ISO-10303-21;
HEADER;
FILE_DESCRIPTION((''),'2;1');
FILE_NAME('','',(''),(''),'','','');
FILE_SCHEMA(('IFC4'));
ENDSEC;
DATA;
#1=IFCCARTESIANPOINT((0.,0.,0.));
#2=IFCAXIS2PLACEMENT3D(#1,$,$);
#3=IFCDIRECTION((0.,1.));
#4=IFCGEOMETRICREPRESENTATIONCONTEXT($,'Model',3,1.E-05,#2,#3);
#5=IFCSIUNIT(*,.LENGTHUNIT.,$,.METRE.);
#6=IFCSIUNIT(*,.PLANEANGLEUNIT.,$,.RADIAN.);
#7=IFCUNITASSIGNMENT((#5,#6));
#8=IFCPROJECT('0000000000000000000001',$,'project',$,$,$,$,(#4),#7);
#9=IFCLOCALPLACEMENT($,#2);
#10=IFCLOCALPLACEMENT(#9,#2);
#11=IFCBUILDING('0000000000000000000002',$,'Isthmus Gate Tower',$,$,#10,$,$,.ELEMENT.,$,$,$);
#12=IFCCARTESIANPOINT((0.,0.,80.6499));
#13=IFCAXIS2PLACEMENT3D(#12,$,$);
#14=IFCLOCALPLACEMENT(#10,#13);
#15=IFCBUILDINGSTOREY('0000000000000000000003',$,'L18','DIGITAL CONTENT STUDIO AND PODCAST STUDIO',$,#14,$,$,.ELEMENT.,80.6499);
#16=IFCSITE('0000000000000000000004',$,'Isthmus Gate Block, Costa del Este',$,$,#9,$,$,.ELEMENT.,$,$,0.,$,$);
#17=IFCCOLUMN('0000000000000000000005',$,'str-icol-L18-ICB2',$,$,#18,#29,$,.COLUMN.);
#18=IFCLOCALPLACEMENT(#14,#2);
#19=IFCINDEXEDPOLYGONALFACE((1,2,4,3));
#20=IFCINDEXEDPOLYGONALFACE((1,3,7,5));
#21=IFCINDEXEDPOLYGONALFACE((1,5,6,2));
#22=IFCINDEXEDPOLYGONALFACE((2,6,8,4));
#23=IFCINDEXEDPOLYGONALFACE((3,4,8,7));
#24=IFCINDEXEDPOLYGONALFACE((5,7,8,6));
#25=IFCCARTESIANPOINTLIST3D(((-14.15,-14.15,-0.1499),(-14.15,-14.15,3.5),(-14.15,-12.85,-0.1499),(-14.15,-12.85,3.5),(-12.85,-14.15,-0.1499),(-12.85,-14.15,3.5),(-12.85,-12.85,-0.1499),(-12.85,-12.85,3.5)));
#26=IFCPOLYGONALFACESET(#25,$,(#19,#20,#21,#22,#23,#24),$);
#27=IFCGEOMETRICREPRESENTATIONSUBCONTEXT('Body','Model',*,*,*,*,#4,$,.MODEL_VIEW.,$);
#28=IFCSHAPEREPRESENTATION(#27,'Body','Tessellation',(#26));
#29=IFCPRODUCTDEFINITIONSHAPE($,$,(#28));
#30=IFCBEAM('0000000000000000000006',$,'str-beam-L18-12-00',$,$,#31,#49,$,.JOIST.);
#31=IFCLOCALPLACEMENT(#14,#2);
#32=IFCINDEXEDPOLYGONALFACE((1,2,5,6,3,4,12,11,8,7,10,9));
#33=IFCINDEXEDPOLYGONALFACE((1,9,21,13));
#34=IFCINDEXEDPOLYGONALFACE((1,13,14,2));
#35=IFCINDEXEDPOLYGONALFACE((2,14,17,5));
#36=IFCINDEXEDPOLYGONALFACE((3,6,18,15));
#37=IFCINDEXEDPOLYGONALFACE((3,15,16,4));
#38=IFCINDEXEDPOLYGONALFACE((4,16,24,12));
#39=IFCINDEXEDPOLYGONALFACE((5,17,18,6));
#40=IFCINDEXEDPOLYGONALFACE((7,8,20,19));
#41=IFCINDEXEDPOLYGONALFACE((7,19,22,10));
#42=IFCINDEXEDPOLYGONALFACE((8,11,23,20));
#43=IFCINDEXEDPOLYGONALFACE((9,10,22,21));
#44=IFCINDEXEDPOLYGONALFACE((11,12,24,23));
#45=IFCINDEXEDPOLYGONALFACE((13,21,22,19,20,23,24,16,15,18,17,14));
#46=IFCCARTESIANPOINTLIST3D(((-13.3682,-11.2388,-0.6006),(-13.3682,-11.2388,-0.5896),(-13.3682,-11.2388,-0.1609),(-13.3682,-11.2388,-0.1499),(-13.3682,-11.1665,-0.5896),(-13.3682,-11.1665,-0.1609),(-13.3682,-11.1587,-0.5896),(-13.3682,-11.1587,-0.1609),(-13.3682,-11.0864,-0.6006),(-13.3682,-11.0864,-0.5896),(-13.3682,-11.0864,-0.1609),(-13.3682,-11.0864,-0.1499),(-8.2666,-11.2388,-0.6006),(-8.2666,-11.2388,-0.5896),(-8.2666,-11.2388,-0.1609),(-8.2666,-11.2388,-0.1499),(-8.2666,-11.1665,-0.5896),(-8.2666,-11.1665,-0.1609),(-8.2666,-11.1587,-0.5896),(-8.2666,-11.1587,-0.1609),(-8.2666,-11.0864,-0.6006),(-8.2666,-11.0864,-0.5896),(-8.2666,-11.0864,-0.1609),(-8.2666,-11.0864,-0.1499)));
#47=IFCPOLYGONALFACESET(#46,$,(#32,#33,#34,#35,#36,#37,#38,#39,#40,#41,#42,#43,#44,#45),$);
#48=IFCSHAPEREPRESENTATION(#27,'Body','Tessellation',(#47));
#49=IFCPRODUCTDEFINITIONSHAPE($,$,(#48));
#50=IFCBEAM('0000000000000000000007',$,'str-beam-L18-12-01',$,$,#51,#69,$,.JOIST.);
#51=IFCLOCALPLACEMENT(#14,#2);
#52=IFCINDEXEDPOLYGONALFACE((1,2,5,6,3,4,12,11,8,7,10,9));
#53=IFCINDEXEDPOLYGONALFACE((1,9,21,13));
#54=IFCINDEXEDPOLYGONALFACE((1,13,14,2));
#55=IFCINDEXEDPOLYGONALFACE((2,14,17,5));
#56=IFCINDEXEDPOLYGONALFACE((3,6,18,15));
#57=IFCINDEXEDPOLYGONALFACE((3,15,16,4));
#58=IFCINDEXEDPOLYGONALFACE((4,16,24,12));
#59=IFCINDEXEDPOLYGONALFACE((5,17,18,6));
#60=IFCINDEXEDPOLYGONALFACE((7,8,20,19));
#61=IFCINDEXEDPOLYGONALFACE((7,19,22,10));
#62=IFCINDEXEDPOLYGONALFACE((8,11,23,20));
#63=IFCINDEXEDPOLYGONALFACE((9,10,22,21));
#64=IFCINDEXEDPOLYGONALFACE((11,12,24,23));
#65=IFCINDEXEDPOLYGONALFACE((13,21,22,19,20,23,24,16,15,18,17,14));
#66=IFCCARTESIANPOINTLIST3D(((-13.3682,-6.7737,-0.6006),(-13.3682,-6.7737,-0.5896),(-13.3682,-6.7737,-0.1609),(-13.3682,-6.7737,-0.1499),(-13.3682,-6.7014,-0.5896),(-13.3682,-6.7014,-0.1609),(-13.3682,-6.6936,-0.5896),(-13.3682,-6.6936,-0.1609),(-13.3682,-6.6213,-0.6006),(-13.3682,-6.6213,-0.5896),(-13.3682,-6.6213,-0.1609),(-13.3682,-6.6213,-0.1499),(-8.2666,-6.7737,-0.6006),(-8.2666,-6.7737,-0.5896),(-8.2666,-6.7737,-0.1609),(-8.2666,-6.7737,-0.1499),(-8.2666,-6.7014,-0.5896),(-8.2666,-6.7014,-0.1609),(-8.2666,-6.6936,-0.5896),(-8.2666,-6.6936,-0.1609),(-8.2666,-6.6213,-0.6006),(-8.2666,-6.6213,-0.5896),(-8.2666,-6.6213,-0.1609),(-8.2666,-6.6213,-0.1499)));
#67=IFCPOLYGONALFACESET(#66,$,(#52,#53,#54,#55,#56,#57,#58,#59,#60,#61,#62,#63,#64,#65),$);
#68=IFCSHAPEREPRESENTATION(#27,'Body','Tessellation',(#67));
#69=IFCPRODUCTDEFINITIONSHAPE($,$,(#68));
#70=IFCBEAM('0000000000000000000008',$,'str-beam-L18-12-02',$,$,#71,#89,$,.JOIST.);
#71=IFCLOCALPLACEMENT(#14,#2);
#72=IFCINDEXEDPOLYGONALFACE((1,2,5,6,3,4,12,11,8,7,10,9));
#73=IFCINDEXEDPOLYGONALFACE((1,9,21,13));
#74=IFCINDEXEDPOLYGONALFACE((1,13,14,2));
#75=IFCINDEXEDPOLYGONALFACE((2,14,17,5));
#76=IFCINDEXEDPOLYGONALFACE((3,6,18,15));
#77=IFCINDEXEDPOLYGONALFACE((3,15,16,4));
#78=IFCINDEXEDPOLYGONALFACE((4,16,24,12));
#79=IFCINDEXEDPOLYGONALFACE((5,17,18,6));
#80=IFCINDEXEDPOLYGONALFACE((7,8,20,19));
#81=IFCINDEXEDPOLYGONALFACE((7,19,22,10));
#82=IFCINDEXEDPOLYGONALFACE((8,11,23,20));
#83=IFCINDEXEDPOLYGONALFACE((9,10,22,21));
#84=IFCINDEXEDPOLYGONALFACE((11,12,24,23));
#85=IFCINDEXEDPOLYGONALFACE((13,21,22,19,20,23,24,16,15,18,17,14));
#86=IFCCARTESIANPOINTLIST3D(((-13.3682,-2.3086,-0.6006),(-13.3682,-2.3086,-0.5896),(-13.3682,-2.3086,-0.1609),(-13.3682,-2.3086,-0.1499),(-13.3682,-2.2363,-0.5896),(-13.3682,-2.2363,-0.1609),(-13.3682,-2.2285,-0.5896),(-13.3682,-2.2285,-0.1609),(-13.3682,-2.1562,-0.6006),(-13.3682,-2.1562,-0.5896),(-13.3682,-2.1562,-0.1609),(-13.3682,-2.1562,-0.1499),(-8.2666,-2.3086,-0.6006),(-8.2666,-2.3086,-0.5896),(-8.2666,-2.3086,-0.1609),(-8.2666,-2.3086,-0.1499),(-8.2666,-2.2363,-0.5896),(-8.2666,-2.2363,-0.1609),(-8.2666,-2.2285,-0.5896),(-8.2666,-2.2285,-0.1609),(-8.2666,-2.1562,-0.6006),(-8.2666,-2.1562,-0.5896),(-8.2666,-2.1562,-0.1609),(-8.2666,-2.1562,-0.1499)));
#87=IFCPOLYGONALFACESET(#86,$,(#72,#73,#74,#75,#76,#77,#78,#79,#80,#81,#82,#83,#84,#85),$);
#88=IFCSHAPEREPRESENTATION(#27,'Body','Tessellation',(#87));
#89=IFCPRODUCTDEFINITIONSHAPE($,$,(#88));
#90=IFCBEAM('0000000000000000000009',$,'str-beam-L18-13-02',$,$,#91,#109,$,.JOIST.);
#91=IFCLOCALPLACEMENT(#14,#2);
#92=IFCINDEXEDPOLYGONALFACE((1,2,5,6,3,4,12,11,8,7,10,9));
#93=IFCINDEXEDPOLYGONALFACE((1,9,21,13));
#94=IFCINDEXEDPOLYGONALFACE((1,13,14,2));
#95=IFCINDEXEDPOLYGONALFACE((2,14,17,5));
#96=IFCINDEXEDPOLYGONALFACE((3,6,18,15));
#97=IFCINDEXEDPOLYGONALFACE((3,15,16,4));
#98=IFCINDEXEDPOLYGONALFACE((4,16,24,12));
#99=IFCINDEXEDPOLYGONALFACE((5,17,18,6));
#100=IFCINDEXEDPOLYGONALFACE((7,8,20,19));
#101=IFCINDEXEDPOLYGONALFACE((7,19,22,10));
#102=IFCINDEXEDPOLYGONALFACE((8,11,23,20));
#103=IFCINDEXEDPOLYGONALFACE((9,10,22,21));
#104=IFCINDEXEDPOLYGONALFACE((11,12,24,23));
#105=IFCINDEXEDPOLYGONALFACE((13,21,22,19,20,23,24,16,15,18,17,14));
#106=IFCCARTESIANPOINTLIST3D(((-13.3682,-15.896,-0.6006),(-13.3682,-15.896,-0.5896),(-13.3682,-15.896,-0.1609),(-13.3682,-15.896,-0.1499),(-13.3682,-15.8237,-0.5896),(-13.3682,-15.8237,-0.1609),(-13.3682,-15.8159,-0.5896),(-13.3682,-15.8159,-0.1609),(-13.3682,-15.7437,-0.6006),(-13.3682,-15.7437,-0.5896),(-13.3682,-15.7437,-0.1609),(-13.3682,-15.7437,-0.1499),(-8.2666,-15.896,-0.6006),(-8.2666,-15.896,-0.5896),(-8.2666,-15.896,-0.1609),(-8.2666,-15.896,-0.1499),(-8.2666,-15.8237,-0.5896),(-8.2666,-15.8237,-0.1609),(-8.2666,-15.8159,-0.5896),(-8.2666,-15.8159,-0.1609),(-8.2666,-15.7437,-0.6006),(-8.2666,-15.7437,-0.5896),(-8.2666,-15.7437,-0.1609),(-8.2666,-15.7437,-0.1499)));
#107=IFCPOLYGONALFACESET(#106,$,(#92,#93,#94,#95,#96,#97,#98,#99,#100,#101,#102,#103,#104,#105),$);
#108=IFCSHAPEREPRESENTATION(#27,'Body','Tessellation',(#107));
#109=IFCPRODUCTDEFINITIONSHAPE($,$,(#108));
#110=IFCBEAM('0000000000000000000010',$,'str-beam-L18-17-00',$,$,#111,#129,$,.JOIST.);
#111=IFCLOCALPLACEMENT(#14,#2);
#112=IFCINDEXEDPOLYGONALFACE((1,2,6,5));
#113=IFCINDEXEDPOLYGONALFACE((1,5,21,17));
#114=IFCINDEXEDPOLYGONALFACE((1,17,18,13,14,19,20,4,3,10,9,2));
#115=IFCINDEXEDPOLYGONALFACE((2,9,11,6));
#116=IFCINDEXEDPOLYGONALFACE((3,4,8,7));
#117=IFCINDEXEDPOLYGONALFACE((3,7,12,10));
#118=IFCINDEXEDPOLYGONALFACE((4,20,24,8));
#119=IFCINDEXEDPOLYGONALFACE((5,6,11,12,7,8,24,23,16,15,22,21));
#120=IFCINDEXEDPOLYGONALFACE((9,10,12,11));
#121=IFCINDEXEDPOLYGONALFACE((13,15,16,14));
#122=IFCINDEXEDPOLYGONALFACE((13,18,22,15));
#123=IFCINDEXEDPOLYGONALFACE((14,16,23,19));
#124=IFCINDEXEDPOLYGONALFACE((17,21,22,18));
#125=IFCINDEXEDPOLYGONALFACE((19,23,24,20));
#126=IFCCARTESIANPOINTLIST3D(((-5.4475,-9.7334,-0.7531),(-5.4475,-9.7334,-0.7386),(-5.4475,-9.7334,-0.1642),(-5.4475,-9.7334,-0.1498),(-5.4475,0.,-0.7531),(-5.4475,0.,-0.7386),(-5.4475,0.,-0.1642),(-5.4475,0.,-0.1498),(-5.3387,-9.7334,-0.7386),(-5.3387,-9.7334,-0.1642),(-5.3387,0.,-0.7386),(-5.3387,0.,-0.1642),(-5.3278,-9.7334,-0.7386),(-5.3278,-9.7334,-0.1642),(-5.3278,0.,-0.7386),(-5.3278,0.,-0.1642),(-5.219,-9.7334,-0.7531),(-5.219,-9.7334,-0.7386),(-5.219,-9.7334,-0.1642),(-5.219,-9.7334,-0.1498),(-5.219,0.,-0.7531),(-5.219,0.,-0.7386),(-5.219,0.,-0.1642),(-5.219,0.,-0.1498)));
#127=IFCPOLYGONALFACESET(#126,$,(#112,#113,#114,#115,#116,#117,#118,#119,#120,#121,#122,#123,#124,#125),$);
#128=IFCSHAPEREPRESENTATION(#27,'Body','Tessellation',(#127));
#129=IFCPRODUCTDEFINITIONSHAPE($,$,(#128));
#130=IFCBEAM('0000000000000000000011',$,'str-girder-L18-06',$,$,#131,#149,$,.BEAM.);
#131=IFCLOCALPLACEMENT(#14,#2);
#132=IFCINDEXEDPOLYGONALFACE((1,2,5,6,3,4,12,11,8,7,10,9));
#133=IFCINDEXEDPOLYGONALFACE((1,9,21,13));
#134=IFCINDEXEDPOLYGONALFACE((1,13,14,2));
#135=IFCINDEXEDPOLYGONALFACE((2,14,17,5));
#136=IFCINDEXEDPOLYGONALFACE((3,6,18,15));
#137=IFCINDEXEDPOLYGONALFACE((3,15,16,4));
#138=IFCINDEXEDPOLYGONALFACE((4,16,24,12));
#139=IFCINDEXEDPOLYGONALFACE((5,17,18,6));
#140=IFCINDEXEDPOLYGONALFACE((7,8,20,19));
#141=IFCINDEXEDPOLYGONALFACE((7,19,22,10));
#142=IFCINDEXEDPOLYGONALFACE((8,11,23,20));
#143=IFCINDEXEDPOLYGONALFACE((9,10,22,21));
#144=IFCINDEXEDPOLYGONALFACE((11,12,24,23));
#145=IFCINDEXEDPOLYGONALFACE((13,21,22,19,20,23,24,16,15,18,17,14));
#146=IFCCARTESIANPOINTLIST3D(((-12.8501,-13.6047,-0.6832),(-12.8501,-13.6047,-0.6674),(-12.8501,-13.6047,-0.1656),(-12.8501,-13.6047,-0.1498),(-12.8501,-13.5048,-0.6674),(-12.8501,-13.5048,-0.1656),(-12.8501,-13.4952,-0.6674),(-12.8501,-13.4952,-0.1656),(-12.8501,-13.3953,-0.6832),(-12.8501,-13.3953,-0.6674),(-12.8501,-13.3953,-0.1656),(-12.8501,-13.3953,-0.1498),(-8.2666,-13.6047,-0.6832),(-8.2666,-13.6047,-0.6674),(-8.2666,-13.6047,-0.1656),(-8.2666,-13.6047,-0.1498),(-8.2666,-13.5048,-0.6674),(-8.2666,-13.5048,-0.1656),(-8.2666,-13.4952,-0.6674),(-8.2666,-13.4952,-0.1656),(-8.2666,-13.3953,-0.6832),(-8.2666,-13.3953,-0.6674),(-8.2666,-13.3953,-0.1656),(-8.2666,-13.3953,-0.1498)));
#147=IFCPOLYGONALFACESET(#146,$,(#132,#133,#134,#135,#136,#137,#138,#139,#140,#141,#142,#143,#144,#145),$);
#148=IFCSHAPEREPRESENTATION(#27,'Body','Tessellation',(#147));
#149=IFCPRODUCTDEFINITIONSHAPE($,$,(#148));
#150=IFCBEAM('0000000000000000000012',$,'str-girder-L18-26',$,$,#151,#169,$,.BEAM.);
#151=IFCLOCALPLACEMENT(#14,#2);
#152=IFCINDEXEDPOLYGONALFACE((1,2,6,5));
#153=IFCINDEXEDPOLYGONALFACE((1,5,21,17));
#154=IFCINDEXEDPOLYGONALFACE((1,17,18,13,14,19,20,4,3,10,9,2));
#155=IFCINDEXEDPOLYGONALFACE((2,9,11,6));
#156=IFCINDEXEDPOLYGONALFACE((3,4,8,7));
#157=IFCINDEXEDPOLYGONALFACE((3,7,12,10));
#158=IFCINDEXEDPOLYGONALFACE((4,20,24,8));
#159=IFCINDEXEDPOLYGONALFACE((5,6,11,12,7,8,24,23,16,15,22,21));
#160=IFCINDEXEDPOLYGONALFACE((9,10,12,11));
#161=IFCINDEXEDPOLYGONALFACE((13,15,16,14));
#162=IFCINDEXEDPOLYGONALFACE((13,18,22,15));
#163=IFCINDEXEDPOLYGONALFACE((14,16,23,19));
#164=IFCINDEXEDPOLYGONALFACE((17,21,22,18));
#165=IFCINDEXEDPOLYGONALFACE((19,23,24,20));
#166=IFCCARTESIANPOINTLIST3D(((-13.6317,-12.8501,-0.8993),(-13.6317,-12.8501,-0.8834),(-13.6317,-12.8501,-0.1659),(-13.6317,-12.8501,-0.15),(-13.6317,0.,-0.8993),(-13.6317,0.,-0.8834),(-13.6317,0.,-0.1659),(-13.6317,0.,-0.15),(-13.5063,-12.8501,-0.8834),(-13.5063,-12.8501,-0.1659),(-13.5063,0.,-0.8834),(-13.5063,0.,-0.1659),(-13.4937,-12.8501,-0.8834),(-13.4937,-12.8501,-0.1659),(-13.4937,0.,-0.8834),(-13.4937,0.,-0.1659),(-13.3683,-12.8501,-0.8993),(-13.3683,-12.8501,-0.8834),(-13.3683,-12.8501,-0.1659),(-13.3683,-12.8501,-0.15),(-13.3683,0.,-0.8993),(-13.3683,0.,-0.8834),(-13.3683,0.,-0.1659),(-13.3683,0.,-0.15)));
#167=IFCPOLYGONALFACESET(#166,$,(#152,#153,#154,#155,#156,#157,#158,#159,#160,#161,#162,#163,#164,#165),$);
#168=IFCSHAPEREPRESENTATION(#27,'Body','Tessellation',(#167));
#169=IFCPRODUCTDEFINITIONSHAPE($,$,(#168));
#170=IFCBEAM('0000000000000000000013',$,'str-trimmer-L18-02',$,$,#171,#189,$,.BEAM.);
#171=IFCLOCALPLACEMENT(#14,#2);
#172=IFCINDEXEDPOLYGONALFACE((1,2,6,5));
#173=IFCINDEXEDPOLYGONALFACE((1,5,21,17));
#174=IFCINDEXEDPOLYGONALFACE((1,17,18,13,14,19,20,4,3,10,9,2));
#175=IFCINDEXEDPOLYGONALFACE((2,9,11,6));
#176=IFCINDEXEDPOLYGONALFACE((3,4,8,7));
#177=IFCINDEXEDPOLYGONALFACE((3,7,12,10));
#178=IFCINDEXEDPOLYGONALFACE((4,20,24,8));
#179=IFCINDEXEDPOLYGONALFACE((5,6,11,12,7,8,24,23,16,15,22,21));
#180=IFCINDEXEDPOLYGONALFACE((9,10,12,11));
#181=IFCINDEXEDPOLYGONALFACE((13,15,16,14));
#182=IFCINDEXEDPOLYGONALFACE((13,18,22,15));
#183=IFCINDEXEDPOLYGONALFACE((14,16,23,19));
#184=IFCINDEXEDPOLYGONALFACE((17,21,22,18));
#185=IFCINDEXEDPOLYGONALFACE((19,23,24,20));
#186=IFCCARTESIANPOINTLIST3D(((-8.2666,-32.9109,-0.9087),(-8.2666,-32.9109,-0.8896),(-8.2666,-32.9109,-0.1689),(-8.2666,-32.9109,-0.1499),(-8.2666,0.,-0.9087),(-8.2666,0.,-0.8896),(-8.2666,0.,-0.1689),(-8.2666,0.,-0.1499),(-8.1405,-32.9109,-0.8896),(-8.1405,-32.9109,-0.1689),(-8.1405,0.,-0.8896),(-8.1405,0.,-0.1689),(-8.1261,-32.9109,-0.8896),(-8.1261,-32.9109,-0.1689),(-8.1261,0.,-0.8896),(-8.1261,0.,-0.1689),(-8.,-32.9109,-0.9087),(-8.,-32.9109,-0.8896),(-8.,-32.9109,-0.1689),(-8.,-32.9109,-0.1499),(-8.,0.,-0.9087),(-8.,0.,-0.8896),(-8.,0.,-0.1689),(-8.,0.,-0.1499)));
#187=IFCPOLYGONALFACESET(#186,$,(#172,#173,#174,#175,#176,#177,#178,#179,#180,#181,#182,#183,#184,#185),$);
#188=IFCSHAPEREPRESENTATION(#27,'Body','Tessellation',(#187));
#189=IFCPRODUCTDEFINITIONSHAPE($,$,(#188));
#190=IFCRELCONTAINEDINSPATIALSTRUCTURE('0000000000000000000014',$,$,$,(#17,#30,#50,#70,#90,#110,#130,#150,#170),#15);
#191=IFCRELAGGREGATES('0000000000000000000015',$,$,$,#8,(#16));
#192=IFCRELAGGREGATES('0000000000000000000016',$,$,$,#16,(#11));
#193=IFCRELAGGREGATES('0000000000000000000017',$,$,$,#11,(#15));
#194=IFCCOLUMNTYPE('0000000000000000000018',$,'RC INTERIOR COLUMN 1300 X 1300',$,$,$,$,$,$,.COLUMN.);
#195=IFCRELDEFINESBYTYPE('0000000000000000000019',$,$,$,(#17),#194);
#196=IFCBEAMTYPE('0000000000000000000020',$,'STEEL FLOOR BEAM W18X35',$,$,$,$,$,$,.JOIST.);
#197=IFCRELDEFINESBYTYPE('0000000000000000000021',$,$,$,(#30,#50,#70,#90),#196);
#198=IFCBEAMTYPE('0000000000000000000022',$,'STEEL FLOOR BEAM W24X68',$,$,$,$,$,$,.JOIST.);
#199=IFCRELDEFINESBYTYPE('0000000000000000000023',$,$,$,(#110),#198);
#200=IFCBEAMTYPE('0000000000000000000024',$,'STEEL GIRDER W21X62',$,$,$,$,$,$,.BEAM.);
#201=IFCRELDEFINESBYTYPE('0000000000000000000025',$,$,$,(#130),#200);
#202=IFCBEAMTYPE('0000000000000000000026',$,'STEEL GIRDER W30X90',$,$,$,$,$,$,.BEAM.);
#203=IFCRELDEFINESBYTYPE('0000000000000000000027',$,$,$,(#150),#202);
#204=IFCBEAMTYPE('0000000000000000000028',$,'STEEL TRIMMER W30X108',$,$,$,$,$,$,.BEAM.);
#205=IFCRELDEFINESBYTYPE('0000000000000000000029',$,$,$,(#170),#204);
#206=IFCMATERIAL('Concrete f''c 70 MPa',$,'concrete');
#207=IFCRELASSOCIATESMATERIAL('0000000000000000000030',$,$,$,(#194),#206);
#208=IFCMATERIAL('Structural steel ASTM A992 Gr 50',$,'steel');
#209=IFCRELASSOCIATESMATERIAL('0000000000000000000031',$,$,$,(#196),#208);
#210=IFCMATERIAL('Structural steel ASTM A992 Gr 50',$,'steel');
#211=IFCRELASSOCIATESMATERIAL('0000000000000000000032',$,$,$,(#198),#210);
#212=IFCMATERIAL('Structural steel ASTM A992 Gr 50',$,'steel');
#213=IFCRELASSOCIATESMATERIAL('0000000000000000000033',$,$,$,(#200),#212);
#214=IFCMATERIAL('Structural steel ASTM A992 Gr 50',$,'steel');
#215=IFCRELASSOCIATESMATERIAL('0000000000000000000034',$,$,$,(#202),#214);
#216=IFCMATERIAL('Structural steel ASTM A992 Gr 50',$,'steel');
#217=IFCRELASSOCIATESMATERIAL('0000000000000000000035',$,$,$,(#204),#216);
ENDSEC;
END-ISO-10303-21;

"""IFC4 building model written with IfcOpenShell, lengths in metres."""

from ifc_helpers import new_model, si_unit, direction, frame, origin, origin_2d, place, context, subcontext, project, spatial, rectangle, i_section, extrude, material, material_profile, profile_set, type_object, element, save


model = new_model("IFC4")

# Units and contexts
model_context = context("Model", 3, precision=1e-05, world=origin(), true_north=direction((0.0, 1.0)))
body_context = subcontext(model_context, "Body", "Model", "MODEL_VIEW")
ifc_project = project(units=[si_unit("LENGTHUNIT", "METRE"), si_unit("PLANEANGLEUNIT", "RADIAN")], contexts=[model_context])

# Site, building, storey
site_placement = place(None, origin())
site = spatial("IfcSite", under=ifc_project, at=site_placement, Name="Isthmus Gate Block, Costa del Este", CompositionType="ELEMENT", RefElevation=0.0)
building_placement = place(site_placement, origin())
building = spatial("IfcBuilding", under=site, at=building_placement, Name="Isthmus Gate Tower", CompositionType="ELEMENT")
storey_placement = place(building_placement, frame((0.0, 0.0, 80.6499)))
storey = spatial("IfcBuildingStorey", under=building, at=storey_placement, Name="L18", Description="DIGITAL CONTENT STUDIO AND PODCAST STUDIO", CompositionType="ELEMENT", Elevation=80.6499)

# Column
ifc_material_1 = material(Name="Concrete f'c 70 MPa", Category="concrete")
ifc_material_profile_1 = material_profile(ifc_material_1, rectangle(XDim=1.3, YDim=1.3, at=origin_2d()), Name="RC 1300X1300")
ifc_profile_set_1 = profile_set([ifc_material_profile_1], Name="Concrete f'c 70 MPa")
column_type = type_object("IfcColumnType", Name="RC INTERIOR COLUMN 1300 X 1300", PredefinedType="COLUMN", material=ifc_profile_set_1)
column_placement = place(storey_placement, frame((-13.5, -13.5, -0.1499), z_axis=(0.0, 0.0, 1.0), x_axis=(1.0, 0.0, 0.0)))
element("IfcColumn", 1, at=column_placement, inside=storey, type_object=column_type, Name="str-icol-L18-ICB2", PredefinedType="COLUMN", context=body_context, shape_type="SweptSolid", body=[
    extrude(rectangle(XDim=1.3, YDim=1.3, at=origin_2d()), origin(), (0.0, 0.0, 1.0), 3.6499),
])

# Beams
ifc_material_2 = material(Name="Structural steel ASTM A992 Gr 50", Category="steel")
ifc_material_profile_2 = material_profile(ifc_material_2, i_section(OverallWidth=0.1523, OverallDepth=0.4507, WebThickness=0.0078, FlangeThickness=0.011, at=origin_2d()), Name="W18X35")
ifc_profile_set_2 = profile_set([ifc_material_profile_2], Name="Structural steel ASTM A992 Gr 50")
beam_type_1 = type_object("IfcBeamType", Name="STEEL FLOOR BEAM W18X35", PredefinedType="JOIST", material=ifc_profile_set_2)
for number, where, z_axis, x_axis, name in (
    (2, (-13.3682, -11.1626, -0.3752), (1.0, 0.0, 0.0), (0.0, 1.0, 0.0), "str-beam-L18-12-00"),
    (3, (-13.3682, -6.6975, -0.3752), (1.0, 0.0, 0.0), (0.0, 1.0, 0.0), "str-beam-L18-12-01"),
    (4, (-13.3682, -2.2324, -0.3752), (1.0, 0.0, 0.0), (0.0, 1.0, 0.0), "str-beam-L18-12-02"),
    (5, (-13.3682, -15.8198, -0.3752), (1.0, 0.0, 0.0), (0.0, 1.0, 0.0), "str-beam-L18-13-02"),
):
    element("IfcBeam", number, at=place(storey_placement, frame(where, z_axis=z_axis, x_axis=x_axis)), inside=storey, type_object=beam_type_1, Name=name, PredefinedType="JOIST", context=body_context, shape_type="SweptSolid", body=[
        extrude(i_section(OverallWidth=0.1523, OverallDepth=0.4507, WebThickness=0.0078, FlangeThickness=0.011, at=origin_2d()), origin(), (0.0, 0.0, 1.0), 5.1016),
    ])
ifc_material_3 = material(Name="Structural steel ASTM A992 Gr 50", Category="steel")
ifc_material_profile_3 = material_profile(ifc_material_3, i_section(OverallWidth=0.2285, OverallDepth=0.6033, WebThickness=0.011, FlangeThickness=0.0144, at=origin_2d()), Name="W24X68")
ifc_profile_set_3 = profile_set([ifc_material_profile_3], Name="Structural steel ASTM A992 Gr 50")
beam_type_2 = type_object("IfcBeamType", Name="STEEL FLOOR BEAM W24X68", PredefinedType="JOIST", material=ifc_profile_set_3)
beam_1_placement = place(storey_placement, frame((-5.3333, -9.7334, -0.4514), z_axis=(0.0, 1.0, 0.0), x_axis=(-1.0, 0.0, 0.0)))
element("IfcBeam", 6, at=beam_1_placement, inside=storey, type_object=beam_type_2, Name="str-beam-L18-17-00", PredefinedType="JOIST", context=body_context, shape_type="SweptSolid", body=[
    extrude(i_section(OverallWidth=0.2285, OverallDepth=0.6033, WebThickness=0.011, FlangeThickness=0.0144, at=origin_2d()), origin(), (0.0, 0.0, 1.0), 9.7334),
])
ifc_material_4 = material(Name="Structural steel ASTM A992 Gr 50", Category="steel")
ifc_material_profile_4 = material_profile(ifc_material_4, i_section(OverallWidth=0.2095, OverallDepth=0.5334, WebThickness=0.0095, FlangeThickness=0.0159, at=origin_2d()), Name="W21X62")
ifc_profile_set_4 = profile_set([ifc_material_profile_4], Name="Structural steel ASTM A992 Gr 50")
beam_type_3 = type_object("IfcBeamType", Name="STEEL GIRDER W21X62", PredefinedType="BEAM", material=ifc_profile_set_4)
beam_2_placement = place(storey_placement, frame((-12.8501, -13.5, -0.4165), z_axis=(1.0, 0.0, 0.0), x_axis=(0.0, 1.0, 0.0)))
element("IfcBeam", 7, at=beam_2_placement, inside=storey, type_object=beam_type_3, Name="str-girder-L18-06", PredefinedType="BEAM", context=body_context, shape_type="SweptSolid", body=[
    extrude(i_section(OverallWidth=0.2095, OverallDepth=0.5334, WebThickness=0.0095, FlangeThickness=0.0159, at=origin_2d()), origin(), (0.0, 0.0, 1.0), 4.5835),
])
ifc_material_5 = material(Name="Structural steel ASTM A992 Gr 50", Category="steel")
ifc_material_profile_5 = material_profile(ifc_material_5, i_section(OverallWidth=0.2634, OverallDepth=0.7493, WebThickness=0.0127, FlangeThickness=0.0159, at=origin_2d()), Name="W30X90")
ifc_profile_set_5 = profile_set([ifc_material_profile_5], Name="Structural steel ASTM A992 Gr 50")
beam_type_4 = type_object("IfcBeamType", Name="STEEL GIRDER W30X90", PredefinedType="BEAM", material=ifc_profile_set_5)
beam_3_placement = place(storey_placement, frame((-13.5, -12.8501, -0.5247), z_axis=(0.0, 1.0, 0.0), x_axis=(-1.0, 0.0, 0.0)))
element("IfcBeam", 8, at=beam_3_placement, inside=storey, type_object=beam_type_4, Name="str-girder-L18-26", PredefinedType="BEAM", context=body_context, shape_type="SweptSolid", body=[
    extrude(i_section(OverallWidth=0.2634, OverallDepth=0.7493, WebThickness=0.0127, FlangeThickness=0.0159, at=origin_2d()), origin(), (0.0, 0.0, 1.0), 12.8501),
])
ifc_material_6 = material(Name="Structural steel ASTM A992 Gr 50", Category="steel")
ifc_material_profile_6 = material_profile(ifc_material_6, i_section(OverallWidth=0.2666, OverallDepth=0.7588, WebThickness=0.0144, FlangeThickness=0.019, at=origin_2d()), Name="W30X108")
ifc_profile_set_6 = profile_set([ifc_material_profile_6], Name="Structural steel ASTM A992 Gr 50")
beam_type_5 = type_object("IfcBeamType", Name="STEEL TRIMMER W30X108", PredefinedType="BEAM", material=ifc_profile_set_6)
beam_4_placement = place(storey_placement, frame((-8.1333, 0.0, -0.5293), z_axis=(0.0, -1.0, 0.0), x_axis=(1.0, 0.0, 0.0)))
element("IfcBeam", 9, at=beam_4_placement, inside=storey, type_object=beam_type_5, Name="str-trimmer-L18-02", PredefinedType="BEAM", context=body_context, shape_type="SweptSolid", body=[
    extrude(i_section(OverallWidth=0.2666, OverallDepth=0.7588, WebThickness=0.0144, FlangeThickness=0.019, at=origin_2d()), origin(), (0.0, 0.0, 1.0), 32.9109),
])

save(model, "model.ifc")
